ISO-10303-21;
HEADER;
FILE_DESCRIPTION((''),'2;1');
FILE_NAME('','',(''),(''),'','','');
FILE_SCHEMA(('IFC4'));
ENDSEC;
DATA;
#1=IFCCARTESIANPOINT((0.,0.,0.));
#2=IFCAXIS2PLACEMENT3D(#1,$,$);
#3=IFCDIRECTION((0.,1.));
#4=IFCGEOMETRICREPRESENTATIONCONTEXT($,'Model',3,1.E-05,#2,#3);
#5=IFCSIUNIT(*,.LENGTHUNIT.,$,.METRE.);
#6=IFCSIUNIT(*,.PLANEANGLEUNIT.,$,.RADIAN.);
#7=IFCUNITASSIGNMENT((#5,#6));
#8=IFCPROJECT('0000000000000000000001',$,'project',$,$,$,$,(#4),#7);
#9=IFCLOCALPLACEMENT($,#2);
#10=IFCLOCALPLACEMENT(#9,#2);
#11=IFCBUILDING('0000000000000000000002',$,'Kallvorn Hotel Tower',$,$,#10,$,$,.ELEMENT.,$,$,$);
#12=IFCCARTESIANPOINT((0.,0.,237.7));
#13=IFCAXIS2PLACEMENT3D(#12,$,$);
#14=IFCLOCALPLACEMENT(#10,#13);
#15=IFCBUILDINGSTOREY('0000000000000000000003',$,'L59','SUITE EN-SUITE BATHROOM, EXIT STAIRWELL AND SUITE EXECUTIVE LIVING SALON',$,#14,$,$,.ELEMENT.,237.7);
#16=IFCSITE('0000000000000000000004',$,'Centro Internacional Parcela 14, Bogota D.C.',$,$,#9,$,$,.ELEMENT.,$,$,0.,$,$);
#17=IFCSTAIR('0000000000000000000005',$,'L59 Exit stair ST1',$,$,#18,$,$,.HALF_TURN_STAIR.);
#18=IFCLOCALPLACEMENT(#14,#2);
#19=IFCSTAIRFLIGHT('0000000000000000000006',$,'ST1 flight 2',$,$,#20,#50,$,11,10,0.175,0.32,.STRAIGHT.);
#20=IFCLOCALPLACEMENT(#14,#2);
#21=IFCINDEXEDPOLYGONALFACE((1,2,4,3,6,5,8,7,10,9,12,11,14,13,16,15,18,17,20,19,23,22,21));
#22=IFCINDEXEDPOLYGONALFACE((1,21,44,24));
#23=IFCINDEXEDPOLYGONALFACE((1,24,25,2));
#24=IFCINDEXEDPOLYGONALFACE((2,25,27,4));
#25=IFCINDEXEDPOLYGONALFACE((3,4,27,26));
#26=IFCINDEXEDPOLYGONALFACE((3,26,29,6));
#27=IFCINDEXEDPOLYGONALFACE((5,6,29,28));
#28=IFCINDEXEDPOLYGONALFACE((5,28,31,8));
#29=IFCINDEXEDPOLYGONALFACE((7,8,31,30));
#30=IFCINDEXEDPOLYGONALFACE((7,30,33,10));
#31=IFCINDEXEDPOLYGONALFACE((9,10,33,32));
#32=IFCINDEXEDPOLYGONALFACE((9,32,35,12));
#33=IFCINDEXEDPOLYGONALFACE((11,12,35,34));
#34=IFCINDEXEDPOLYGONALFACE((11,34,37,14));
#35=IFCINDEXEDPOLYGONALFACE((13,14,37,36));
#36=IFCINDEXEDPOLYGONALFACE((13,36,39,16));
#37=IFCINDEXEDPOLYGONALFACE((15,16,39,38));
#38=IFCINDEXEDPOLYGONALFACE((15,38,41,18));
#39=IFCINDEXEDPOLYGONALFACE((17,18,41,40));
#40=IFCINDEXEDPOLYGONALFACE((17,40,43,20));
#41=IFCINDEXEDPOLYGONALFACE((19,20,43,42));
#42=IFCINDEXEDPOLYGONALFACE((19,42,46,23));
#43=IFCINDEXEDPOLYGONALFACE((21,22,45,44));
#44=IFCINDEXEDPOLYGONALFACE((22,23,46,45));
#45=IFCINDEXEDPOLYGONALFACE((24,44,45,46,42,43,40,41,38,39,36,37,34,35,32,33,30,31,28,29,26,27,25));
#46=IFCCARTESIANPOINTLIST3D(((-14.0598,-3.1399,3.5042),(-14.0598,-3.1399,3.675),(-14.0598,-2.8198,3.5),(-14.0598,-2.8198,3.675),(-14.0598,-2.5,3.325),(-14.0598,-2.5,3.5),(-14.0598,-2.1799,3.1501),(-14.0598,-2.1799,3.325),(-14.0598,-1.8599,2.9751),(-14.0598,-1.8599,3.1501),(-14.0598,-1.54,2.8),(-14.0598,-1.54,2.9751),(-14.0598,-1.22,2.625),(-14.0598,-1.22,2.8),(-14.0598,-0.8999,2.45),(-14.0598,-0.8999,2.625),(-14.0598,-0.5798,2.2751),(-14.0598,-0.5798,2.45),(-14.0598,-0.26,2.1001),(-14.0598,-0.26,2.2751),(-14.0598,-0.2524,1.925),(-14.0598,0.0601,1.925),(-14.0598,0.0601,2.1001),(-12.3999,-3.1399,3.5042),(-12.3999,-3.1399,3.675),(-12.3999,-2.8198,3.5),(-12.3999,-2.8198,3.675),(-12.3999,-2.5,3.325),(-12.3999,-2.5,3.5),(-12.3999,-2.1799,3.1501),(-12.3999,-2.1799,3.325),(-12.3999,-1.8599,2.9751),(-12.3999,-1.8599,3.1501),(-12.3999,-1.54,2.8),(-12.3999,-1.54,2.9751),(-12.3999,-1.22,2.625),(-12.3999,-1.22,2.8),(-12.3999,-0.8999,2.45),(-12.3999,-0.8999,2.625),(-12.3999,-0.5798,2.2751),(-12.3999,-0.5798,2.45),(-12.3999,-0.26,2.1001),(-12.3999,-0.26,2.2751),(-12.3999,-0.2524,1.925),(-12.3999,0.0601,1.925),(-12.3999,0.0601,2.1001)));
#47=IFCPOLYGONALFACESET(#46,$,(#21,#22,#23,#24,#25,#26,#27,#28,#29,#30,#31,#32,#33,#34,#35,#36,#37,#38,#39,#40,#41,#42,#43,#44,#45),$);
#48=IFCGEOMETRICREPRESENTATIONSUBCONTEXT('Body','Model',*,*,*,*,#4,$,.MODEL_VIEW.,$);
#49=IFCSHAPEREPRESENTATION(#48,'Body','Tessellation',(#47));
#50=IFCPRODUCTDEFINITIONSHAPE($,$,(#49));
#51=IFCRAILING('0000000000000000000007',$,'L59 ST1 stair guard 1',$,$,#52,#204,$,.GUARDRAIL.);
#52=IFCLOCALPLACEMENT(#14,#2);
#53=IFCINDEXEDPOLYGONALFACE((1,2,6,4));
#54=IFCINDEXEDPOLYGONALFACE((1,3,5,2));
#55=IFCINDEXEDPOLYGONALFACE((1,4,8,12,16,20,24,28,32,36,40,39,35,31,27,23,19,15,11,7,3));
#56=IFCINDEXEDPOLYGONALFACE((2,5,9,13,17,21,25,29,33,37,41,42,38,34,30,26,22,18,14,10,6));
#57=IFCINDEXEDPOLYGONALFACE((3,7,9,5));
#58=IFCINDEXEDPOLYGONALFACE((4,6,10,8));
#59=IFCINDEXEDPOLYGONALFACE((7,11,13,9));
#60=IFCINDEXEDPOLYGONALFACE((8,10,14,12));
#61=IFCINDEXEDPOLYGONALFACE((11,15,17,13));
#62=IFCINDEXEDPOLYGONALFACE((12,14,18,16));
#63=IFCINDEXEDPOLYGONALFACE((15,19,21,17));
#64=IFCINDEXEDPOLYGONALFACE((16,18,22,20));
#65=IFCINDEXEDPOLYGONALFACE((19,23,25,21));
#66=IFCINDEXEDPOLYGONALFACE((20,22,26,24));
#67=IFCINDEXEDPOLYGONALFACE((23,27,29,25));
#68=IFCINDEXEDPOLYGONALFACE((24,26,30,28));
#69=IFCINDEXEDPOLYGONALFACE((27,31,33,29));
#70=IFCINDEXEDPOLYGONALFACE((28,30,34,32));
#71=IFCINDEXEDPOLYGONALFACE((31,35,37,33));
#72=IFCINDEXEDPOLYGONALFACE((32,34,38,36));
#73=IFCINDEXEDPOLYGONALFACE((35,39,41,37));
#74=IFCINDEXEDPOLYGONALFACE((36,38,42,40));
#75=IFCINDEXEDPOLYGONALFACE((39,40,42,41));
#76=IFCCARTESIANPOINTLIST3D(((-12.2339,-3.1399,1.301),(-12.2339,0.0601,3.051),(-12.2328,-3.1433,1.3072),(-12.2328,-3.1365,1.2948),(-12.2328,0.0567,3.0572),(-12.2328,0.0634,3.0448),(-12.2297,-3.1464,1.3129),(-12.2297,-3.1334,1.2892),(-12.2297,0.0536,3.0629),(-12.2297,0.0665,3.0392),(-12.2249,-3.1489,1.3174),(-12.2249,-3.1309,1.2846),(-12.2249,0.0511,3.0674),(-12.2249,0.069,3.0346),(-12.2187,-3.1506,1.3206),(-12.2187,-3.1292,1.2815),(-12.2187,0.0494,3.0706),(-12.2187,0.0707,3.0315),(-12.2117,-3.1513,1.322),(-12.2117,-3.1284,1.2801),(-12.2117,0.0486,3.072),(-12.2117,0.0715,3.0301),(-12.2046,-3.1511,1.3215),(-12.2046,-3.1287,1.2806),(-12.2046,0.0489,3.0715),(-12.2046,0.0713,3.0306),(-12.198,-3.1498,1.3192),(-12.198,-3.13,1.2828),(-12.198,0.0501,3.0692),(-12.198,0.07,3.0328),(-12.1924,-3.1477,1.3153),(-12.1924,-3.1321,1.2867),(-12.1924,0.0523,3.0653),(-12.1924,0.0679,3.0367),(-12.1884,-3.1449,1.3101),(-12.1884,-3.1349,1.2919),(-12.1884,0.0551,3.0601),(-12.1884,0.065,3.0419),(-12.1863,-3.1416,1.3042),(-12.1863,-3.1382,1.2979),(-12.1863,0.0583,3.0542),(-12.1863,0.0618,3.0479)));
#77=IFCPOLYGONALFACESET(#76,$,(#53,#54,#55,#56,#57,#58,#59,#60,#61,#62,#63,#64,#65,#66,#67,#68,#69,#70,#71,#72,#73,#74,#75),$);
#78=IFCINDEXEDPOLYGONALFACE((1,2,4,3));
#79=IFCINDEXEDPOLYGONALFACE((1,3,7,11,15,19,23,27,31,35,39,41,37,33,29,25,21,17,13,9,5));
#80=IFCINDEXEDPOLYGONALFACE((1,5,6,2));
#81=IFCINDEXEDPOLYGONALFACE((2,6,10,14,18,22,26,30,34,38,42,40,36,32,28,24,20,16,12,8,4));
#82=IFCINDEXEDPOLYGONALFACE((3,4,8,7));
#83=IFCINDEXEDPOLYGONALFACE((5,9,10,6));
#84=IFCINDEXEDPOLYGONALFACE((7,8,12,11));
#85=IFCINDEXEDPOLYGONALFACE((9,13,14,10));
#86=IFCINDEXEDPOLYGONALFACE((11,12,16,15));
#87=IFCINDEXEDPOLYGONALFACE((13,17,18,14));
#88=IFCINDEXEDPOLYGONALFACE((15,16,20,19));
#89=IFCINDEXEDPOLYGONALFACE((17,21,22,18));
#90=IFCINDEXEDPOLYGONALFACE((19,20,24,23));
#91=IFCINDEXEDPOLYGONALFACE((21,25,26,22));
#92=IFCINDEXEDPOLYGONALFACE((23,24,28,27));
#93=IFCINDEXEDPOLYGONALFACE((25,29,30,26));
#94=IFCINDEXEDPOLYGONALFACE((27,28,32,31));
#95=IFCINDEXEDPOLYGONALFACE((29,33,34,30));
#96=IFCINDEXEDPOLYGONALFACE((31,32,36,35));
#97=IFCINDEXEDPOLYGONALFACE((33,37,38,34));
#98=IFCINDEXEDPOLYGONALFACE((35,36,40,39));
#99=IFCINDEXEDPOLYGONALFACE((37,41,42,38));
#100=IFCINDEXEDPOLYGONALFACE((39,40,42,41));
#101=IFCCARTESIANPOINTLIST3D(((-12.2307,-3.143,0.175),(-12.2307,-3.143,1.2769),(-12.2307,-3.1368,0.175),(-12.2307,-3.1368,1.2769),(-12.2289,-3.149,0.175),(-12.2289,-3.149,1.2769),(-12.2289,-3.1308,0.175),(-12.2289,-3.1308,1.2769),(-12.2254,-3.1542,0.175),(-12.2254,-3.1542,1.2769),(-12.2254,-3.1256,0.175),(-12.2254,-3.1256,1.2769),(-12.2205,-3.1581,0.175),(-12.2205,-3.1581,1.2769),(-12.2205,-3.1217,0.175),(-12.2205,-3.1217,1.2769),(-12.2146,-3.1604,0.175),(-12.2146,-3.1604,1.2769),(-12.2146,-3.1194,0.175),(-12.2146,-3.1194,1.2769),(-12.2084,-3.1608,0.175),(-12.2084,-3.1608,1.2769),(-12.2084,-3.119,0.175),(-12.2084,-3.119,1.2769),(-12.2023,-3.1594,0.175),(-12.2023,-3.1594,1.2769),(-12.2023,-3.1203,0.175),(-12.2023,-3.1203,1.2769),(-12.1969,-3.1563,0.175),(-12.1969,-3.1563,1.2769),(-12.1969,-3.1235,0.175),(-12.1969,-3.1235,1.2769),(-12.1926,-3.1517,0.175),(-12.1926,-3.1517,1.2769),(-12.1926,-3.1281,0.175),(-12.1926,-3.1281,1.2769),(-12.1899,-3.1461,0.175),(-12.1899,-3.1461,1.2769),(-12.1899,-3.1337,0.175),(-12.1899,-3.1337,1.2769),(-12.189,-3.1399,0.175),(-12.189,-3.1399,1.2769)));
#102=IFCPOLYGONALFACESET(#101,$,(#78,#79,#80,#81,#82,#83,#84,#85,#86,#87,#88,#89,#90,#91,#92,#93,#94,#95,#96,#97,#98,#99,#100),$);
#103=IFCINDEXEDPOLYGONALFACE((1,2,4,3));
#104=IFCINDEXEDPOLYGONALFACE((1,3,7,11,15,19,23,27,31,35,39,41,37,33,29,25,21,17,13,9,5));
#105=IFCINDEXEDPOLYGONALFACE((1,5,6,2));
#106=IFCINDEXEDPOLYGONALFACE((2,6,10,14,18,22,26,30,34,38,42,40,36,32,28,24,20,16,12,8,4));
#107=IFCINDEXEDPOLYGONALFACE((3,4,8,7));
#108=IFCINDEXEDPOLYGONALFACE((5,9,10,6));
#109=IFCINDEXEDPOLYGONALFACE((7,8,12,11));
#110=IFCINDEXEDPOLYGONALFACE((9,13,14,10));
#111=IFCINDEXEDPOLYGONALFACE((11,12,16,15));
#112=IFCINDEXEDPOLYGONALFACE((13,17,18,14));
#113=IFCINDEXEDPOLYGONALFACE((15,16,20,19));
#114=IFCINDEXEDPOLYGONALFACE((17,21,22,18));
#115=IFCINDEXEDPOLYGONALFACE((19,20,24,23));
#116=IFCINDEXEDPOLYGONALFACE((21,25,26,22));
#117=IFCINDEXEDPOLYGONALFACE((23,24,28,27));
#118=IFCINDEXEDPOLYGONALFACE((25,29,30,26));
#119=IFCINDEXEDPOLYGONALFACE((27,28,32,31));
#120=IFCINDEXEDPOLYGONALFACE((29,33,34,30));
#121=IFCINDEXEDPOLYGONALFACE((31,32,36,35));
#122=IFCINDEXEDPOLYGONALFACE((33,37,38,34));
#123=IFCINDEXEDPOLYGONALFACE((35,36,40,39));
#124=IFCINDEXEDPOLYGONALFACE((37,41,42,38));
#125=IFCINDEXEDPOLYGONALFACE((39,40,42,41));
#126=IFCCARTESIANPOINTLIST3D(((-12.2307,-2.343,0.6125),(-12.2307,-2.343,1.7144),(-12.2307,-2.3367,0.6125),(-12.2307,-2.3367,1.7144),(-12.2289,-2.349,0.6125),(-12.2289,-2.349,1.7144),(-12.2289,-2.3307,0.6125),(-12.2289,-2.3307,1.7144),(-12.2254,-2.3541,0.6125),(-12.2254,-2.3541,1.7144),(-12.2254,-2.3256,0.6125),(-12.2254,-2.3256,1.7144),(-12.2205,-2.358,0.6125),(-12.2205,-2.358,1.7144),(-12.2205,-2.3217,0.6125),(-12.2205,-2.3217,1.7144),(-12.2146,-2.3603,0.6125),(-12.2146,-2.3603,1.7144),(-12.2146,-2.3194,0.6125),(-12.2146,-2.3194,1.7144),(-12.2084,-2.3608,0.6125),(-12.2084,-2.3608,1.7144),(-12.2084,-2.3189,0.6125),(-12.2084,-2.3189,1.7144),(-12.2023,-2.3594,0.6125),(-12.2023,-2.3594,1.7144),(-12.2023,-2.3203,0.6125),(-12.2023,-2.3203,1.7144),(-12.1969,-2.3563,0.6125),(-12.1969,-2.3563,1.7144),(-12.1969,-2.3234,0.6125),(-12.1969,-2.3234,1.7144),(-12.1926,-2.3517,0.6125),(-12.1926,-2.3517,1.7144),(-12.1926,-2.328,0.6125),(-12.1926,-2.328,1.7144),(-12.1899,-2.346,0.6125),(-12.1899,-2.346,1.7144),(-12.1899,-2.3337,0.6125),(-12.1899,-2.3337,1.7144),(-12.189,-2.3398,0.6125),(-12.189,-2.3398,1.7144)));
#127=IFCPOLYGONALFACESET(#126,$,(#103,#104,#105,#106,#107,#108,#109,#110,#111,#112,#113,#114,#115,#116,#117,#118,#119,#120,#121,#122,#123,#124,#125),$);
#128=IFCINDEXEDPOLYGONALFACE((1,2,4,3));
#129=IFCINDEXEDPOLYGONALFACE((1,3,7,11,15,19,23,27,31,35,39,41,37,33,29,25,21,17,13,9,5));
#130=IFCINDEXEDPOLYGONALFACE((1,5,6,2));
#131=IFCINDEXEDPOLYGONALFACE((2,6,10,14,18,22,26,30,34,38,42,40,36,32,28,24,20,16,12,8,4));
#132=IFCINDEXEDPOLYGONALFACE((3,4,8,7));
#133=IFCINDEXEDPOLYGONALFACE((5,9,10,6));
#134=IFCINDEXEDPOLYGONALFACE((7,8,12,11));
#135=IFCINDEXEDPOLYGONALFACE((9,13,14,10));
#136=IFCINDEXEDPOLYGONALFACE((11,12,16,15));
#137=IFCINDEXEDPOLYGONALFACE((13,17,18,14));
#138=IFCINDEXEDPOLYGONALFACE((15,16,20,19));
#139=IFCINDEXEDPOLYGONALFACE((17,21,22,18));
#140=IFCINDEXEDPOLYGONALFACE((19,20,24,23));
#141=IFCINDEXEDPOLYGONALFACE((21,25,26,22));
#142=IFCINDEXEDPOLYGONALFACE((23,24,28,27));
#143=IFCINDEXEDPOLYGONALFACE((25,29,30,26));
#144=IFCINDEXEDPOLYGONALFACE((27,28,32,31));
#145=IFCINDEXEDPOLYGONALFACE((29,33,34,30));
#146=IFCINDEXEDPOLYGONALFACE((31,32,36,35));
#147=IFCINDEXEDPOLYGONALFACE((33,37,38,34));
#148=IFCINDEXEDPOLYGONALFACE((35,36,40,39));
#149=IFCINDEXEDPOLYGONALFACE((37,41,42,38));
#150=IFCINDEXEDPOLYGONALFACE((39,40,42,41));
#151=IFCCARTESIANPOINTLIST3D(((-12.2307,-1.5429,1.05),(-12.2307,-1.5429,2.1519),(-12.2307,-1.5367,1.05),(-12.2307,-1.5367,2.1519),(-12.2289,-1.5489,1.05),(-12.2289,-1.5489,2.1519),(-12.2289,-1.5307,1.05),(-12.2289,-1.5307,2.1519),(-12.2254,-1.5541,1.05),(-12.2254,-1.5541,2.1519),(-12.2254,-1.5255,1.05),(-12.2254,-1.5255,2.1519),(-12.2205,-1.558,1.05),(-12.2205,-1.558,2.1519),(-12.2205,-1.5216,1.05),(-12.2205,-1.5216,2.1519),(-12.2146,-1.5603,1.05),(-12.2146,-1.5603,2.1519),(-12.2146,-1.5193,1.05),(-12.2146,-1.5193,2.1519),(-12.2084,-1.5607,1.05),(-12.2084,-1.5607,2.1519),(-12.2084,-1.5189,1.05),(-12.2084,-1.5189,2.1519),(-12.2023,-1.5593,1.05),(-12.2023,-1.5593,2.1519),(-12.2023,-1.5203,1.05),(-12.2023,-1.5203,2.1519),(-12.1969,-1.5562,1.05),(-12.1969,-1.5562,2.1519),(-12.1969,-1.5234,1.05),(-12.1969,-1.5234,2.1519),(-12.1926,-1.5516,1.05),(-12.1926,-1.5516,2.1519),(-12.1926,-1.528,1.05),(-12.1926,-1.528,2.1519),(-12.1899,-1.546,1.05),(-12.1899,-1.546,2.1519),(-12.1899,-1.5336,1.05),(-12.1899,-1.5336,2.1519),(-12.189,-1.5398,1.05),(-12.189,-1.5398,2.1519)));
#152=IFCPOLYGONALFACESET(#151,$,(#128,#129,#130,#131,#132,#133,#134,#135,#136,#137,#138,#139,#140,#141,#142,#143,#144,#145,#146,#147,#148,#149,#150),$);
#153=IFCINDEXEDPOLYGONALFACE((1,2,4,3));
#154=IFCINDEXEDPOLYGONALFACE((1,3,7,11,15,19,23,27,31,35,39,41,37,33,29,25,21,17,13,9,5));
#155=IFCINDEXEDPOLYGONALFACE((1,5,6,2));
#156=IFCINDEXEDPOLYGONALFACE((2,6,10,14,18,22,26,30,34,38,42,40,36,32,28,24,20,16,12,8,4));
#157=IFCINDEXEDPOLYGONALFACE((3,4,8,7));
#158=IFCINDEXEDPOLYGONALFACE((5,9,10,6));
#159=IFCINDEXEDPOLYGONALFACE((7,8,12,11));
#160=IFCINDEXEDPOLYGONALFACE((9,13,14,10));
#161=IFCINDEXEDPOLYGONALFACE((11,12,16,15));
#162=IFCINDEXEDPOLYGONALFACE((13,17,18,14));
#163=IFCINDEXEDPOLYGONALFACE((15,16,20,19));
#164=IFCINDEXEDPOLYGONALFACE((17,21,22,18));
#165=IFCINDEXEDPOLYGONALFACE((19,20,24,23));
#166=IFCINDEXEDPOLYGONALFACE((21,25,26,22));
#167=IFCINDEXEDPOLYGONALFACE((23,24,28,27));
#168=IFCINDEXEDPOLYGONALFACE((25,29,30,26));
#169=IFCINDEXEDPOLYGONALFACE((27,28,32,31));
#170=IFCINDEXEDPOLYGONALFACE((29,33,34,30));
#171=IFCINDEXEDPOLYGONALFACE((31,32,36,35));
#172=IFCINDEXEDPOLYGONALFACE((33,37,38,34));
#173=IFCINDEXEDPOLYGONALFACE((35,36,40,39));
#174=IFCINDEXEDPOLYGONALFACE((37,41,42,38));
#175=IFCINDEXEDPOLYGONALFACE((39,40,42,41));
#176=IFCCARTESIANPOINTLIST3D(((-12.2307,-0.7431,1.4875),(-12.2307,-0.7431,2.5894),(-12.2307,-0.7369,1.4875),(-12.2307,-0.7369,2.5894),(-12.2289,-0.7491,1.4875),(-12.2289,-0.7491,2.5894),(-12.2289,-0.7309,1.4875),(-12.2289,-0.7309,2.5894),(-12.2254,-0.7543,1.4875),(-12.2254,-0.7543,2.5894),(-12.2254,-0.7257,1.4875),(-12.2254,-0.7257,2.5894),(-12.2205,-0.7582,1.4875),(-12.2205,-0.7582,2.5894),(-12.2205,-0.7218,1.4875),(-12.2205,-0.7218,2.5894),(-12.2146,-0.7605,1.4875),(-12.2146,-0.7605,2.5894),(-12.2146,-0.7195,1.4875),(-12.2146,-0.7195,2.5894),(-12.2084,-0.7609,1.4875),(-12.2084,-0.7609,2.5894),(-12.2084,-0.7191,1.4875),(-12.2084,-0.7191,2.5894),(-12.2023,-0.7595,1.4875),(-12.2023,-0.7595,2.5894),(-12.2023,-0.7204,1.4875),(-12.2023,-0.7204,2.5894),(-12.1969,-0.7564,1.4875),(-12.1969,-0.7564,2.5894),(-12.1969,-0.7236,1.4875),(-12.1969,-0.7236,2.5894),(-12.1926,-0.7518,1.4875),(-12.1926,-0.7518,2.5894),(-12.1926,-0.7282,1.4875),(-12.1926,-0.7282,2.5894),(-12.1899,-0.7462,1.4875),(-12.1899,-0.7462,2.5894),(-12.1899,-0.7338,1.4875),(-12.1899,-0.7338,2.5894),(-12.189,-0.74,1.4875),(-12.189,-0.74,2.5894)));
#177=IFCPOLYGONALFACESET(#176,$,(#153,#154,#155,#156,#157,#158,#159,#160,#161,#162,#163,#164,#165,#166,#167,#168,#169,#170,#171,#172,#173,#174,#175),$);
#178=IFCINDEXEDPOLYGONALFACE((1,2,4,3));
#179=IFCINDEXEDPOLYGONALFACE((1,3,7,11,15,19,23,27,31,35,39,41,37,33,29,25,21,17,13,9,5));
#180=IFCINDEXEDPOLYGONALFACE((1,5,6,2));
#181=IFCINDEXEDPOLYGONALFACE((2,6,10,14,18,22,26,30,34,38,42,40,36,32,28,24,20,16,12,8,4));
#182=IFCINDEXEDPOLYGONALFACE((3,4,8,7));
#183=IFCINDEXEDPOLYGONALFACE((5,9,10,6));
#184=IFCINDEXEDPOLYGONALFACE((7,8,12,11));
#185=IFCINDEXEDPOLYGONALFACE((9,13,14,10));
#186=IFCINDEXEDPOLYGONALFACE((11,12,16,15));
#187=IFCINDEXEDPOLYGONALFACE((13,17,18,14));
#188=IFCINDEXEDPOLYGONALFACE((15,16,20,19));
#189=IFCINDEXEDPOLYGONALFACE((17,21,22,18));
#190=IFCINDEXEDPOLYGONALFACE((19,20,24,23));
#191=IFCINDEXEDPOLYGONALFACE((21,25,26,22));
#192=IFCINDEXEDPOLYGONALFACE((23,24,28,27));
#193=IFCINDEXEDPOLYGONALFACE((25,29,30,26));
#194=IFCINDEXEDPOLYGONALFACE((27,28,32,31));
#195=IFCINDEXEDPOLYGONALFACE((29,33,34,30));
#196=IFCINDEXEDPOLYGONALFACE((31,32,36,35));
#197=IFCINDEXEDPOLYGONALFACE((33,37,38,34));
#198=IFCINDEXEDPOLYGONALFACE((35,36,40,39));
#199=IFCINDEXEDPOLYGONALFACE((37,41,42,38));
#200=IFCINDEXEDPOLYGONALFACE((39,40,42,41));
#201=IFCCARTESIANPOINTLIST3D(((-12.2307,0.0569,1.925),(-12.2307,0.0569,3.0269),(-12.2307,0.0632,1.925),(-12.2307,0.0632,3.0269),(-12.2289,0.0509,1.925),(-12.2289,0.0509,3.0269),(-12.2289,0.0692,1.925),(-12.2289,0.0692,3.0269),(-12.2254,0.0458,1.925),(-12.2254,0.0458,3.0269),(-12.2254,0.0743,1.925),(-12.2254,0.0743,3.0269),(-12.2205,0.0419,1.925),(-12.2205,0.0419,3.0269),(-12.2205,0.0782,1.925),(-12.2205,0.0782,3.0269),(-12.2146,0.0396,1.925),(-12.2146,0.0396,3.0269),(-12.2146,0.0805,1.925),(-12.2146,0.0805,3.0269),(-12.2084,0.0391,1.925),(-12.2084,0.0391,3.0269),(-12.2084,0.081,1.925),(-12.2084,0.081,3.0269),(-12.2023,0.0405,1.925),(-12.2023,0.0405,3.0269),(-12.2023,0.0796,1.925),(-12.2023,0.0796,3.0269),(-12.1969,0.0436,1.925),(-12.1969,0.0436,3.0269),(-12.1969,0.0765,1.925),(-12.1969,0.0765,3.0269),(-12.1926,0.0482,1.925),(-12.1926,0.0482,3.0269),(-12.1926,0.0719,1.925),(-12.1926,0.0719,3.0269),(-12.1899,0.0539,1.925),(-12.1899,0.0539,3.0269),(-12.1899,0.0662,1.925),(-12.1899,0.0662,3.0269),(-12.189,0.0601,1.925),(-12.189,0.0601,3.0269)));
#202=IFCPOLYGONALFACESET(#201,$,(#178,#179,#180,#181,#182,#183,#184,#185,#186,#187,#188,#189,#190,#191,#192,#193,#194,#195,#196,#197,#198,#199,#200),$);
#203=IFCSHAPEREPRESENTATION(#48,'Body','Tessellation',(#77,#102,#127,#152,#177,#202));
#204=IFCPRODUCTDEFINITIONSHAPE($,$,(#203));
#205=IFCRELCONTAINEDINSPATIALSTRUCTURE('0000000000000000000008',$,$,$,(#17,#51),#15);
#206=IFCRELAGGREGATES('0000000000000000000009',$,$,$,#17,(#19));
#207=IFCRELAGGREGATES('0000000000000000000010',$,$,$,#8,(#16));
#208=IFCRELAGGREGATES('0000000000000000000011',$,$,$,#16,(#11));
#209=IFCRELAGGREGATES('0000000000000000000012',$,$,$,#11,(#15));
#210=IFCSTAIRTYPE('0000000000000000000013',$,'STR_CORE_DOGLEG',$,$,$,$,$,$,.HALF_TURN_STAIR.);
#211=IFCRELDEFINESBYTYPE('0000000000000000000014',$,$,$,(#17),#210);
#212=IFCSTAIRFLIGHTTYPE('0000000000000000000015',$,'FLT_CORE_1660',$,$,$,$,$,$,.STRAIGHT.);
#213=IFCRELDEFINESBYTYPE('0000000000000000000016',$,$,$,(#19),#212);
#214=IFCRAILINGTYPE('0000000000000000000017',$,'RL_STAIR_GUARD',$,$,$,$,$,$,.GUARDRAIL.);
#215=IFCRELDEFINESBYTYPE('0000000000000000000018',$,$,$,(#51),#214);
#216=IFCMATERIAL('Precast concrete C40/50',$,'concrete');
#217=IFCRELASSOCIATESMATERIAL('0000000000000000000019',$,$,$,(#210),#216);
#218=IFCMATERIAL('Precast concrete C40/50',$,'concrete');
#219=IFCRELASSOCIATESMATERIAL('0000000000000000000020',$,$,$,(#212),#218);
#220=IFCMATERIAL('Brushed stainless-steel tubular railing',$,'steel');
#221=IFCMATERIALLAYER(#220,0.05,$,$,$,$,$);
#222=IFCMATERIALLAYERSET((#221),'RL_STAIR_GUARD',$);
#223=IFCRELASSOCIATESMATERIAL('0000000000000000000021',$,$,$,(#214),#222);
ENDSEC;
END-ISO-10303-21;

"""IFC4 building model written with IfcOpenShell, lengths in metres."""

from ifc_helpers import new_model, si_unit, direction, frame, origin, origin_2d, place, context, subcontext, project, spatial, polyline, circle, outline, extrude, material, layer, layer_set, type_object, element, aggregate, save


model = new_model("IFC4")

# Units and contexts
model_context = context("Model", 3, precision=1e-05, world=origin(), true_north=direction((0.0, 1.0)))
body_context = subcontext(model_context, "Body", "Model", "MODEL_VIEW")
ifc_project = project(units=[si_unit("LENGTHUNIT", "METRE"), si_unit("PLANEANGLEUNIT", "RADIAN")], contexts=[model_context])

# Site, building, storey
site_placement = place(None, origin())
site = spatial("IfcSite", under=ifc_project, at=site_placement, Name="Centro Internacional Parcela 14, Bogota D.C.", CompositionType="ELEMENT", RefElevation=0.0)
building_placement = place(site_placement, origin())
building = spatial("IfcBuilding", under=site, at=building_placement, Name="Kallvorn Hotel Tower", CompositionType="ELEMENT")
storey_placement = place(building_placement, frame((0.0, 0.0, 237.7)))
storey = spatial("IfcBuildingStorey", under=building, at=storey_placement, Name="L59", Description="SUITE EN-SUITE BATHROOM, EXIT STAIRWELL AND SUITE EXECUTIVE LIVING SALON", CompositionType="ELEMENT", Elevation=237.7)

# Stair, stair flight
ifc_material_1 = material(Name="Precast concrete C40/50", Category="concrete")
stair_type = type_object("IfcStairType", Name="STR_CORE_DOGLEG", PredefinedType="HALF_TURN_STAIR", material=ifc_material_1)
stair_placement = place(storey_placement, origin())
stair = element("IfcStair", 1, at=stair_placement, inside=storey, type_object=stair_type, Name="L59 Exit stair ST1", PredefinedType="HALF_TURN_STAIR")
ifc_material_2 = material(Name="Precast concrete C40/50", Category="concrete")
stair_flight_type = type_object("IfcStairFlightType", Name="FLT_CORE_1660", PredefinedType="STRAIGHT", material=ifc_material_2)
stair_flight_1_placement = place(storey_placement, frame((-13.23, 0.0601, 1.925), z_axis=(0.0, 0.0, 1.0), x_axis=(0.0, -1.0, 0.0)))
stair_flight_1 = element("IfcStairFlight", 2, at=stair_flight_1_placement, type_object=stair_flight_type, Name="ST1 flight 2", NumberOfRisers=11, NumberOfTreads=10, PredefinedType="STRAIGHT", RiserHeight=0.175, TreadLength=0.32, context=body_context, shape_type="SweptSolid", body=[
    extrude(outline(polyline([(0.0, 0.0), (0.0, 0.175), (0.3201, 0.175), (0.3201, 0.3501), (0.6399, 0.3501), (0.6399, 0.5249), (0.96, 0.5249), (0.96, 0.7), (1.28, 0.7), (1.28, 0.875), (1.6001, 0.875), (1.6001, 1.05), (1.9199, 1.05), (1.9199, 1.2251), (2.24, 1.2251), (2.24, 1.3999), (2.5601, 1.3999), (2.5601, 1.575), (2.8799, 1.575), (2.8799, 1.75), (3.2, 1.75), (3.2, 1.925), (3.2, 1.5791), (0.3125, 0.0), (0.0, 0.0)])), frame((0.0, 0.8301, 0.0), z_axis=(0.0, -1.0, 0.0), x_axis=(1.0, 0.0, 0.0)), (0.0, 0.0, 1.0), 1.6599),
])
aggregate(stair, [stair_flight_1])

# Railing
ifc_material_3 = material(Name="Brushed stainless-steel tubular railing", Category="steel")
ifc_layer_1 = layer(ifc_material_3, 0.05)
ifc_layer_set_1 = layer_set([ifc_layer_1], Name="RL_STAIR_GUARD")
railing_type_1 = type_object("IfcRailingType", Name="RL_STAIR_GUARD", PredefinedType="GUARDRAIL", material=ifc_layer_set_1)
railing_1_placement = place(storey_placement, frame((-12.21, -3.1399, 0.175)))
element("IfcRailing", 3, at=railing_1_placement, inside=storey, type_object=railing_type_1, Name="L59 ST1 stair guard 1", PredefinedType="GUARDRAIL", context=body_context, shape_type="SweptSolid", body=[
    extrude(circle(Radius=0.0239, at=origin_2d()), frame((0.0, 0.0, 1.126), z_axis=(0.0, 0.877368, 0.479818), x_axis=(-1.0, 0.0, 0.0)), (0.0, 0.0, 1.0), 3.6472),
    extrude(circle(Radius=0.021, at=origin_2d()), origin(), (0.0, 0.0, 1.0), 1.1018),
    extrude(circle(Radius=0.021, at=origin_2d()), frame((0.0, 0.8, 0.4375)), (0.0, 0.0, 1.0), 1.1018),
    extrude(circle(Radius=0.021, at=origin_2d()), frame((0.0, 1.6001, 0.875)), (0.0, 0.0, 1.0), 1.1018),
    extrude(circle(Radius=0.021, at=origin_2d()), frame((0.0, 2.3999, 1.3125)), (0.0, 0.0, 1.0), 1.1018),
    extrude(circle(Radius=0.021, at=origin_2d()), frame((0.0, 3.2, 1.75)), (0.0, 0.0, 1.0), 1.1018),
])

save(model, "model.ifc")
